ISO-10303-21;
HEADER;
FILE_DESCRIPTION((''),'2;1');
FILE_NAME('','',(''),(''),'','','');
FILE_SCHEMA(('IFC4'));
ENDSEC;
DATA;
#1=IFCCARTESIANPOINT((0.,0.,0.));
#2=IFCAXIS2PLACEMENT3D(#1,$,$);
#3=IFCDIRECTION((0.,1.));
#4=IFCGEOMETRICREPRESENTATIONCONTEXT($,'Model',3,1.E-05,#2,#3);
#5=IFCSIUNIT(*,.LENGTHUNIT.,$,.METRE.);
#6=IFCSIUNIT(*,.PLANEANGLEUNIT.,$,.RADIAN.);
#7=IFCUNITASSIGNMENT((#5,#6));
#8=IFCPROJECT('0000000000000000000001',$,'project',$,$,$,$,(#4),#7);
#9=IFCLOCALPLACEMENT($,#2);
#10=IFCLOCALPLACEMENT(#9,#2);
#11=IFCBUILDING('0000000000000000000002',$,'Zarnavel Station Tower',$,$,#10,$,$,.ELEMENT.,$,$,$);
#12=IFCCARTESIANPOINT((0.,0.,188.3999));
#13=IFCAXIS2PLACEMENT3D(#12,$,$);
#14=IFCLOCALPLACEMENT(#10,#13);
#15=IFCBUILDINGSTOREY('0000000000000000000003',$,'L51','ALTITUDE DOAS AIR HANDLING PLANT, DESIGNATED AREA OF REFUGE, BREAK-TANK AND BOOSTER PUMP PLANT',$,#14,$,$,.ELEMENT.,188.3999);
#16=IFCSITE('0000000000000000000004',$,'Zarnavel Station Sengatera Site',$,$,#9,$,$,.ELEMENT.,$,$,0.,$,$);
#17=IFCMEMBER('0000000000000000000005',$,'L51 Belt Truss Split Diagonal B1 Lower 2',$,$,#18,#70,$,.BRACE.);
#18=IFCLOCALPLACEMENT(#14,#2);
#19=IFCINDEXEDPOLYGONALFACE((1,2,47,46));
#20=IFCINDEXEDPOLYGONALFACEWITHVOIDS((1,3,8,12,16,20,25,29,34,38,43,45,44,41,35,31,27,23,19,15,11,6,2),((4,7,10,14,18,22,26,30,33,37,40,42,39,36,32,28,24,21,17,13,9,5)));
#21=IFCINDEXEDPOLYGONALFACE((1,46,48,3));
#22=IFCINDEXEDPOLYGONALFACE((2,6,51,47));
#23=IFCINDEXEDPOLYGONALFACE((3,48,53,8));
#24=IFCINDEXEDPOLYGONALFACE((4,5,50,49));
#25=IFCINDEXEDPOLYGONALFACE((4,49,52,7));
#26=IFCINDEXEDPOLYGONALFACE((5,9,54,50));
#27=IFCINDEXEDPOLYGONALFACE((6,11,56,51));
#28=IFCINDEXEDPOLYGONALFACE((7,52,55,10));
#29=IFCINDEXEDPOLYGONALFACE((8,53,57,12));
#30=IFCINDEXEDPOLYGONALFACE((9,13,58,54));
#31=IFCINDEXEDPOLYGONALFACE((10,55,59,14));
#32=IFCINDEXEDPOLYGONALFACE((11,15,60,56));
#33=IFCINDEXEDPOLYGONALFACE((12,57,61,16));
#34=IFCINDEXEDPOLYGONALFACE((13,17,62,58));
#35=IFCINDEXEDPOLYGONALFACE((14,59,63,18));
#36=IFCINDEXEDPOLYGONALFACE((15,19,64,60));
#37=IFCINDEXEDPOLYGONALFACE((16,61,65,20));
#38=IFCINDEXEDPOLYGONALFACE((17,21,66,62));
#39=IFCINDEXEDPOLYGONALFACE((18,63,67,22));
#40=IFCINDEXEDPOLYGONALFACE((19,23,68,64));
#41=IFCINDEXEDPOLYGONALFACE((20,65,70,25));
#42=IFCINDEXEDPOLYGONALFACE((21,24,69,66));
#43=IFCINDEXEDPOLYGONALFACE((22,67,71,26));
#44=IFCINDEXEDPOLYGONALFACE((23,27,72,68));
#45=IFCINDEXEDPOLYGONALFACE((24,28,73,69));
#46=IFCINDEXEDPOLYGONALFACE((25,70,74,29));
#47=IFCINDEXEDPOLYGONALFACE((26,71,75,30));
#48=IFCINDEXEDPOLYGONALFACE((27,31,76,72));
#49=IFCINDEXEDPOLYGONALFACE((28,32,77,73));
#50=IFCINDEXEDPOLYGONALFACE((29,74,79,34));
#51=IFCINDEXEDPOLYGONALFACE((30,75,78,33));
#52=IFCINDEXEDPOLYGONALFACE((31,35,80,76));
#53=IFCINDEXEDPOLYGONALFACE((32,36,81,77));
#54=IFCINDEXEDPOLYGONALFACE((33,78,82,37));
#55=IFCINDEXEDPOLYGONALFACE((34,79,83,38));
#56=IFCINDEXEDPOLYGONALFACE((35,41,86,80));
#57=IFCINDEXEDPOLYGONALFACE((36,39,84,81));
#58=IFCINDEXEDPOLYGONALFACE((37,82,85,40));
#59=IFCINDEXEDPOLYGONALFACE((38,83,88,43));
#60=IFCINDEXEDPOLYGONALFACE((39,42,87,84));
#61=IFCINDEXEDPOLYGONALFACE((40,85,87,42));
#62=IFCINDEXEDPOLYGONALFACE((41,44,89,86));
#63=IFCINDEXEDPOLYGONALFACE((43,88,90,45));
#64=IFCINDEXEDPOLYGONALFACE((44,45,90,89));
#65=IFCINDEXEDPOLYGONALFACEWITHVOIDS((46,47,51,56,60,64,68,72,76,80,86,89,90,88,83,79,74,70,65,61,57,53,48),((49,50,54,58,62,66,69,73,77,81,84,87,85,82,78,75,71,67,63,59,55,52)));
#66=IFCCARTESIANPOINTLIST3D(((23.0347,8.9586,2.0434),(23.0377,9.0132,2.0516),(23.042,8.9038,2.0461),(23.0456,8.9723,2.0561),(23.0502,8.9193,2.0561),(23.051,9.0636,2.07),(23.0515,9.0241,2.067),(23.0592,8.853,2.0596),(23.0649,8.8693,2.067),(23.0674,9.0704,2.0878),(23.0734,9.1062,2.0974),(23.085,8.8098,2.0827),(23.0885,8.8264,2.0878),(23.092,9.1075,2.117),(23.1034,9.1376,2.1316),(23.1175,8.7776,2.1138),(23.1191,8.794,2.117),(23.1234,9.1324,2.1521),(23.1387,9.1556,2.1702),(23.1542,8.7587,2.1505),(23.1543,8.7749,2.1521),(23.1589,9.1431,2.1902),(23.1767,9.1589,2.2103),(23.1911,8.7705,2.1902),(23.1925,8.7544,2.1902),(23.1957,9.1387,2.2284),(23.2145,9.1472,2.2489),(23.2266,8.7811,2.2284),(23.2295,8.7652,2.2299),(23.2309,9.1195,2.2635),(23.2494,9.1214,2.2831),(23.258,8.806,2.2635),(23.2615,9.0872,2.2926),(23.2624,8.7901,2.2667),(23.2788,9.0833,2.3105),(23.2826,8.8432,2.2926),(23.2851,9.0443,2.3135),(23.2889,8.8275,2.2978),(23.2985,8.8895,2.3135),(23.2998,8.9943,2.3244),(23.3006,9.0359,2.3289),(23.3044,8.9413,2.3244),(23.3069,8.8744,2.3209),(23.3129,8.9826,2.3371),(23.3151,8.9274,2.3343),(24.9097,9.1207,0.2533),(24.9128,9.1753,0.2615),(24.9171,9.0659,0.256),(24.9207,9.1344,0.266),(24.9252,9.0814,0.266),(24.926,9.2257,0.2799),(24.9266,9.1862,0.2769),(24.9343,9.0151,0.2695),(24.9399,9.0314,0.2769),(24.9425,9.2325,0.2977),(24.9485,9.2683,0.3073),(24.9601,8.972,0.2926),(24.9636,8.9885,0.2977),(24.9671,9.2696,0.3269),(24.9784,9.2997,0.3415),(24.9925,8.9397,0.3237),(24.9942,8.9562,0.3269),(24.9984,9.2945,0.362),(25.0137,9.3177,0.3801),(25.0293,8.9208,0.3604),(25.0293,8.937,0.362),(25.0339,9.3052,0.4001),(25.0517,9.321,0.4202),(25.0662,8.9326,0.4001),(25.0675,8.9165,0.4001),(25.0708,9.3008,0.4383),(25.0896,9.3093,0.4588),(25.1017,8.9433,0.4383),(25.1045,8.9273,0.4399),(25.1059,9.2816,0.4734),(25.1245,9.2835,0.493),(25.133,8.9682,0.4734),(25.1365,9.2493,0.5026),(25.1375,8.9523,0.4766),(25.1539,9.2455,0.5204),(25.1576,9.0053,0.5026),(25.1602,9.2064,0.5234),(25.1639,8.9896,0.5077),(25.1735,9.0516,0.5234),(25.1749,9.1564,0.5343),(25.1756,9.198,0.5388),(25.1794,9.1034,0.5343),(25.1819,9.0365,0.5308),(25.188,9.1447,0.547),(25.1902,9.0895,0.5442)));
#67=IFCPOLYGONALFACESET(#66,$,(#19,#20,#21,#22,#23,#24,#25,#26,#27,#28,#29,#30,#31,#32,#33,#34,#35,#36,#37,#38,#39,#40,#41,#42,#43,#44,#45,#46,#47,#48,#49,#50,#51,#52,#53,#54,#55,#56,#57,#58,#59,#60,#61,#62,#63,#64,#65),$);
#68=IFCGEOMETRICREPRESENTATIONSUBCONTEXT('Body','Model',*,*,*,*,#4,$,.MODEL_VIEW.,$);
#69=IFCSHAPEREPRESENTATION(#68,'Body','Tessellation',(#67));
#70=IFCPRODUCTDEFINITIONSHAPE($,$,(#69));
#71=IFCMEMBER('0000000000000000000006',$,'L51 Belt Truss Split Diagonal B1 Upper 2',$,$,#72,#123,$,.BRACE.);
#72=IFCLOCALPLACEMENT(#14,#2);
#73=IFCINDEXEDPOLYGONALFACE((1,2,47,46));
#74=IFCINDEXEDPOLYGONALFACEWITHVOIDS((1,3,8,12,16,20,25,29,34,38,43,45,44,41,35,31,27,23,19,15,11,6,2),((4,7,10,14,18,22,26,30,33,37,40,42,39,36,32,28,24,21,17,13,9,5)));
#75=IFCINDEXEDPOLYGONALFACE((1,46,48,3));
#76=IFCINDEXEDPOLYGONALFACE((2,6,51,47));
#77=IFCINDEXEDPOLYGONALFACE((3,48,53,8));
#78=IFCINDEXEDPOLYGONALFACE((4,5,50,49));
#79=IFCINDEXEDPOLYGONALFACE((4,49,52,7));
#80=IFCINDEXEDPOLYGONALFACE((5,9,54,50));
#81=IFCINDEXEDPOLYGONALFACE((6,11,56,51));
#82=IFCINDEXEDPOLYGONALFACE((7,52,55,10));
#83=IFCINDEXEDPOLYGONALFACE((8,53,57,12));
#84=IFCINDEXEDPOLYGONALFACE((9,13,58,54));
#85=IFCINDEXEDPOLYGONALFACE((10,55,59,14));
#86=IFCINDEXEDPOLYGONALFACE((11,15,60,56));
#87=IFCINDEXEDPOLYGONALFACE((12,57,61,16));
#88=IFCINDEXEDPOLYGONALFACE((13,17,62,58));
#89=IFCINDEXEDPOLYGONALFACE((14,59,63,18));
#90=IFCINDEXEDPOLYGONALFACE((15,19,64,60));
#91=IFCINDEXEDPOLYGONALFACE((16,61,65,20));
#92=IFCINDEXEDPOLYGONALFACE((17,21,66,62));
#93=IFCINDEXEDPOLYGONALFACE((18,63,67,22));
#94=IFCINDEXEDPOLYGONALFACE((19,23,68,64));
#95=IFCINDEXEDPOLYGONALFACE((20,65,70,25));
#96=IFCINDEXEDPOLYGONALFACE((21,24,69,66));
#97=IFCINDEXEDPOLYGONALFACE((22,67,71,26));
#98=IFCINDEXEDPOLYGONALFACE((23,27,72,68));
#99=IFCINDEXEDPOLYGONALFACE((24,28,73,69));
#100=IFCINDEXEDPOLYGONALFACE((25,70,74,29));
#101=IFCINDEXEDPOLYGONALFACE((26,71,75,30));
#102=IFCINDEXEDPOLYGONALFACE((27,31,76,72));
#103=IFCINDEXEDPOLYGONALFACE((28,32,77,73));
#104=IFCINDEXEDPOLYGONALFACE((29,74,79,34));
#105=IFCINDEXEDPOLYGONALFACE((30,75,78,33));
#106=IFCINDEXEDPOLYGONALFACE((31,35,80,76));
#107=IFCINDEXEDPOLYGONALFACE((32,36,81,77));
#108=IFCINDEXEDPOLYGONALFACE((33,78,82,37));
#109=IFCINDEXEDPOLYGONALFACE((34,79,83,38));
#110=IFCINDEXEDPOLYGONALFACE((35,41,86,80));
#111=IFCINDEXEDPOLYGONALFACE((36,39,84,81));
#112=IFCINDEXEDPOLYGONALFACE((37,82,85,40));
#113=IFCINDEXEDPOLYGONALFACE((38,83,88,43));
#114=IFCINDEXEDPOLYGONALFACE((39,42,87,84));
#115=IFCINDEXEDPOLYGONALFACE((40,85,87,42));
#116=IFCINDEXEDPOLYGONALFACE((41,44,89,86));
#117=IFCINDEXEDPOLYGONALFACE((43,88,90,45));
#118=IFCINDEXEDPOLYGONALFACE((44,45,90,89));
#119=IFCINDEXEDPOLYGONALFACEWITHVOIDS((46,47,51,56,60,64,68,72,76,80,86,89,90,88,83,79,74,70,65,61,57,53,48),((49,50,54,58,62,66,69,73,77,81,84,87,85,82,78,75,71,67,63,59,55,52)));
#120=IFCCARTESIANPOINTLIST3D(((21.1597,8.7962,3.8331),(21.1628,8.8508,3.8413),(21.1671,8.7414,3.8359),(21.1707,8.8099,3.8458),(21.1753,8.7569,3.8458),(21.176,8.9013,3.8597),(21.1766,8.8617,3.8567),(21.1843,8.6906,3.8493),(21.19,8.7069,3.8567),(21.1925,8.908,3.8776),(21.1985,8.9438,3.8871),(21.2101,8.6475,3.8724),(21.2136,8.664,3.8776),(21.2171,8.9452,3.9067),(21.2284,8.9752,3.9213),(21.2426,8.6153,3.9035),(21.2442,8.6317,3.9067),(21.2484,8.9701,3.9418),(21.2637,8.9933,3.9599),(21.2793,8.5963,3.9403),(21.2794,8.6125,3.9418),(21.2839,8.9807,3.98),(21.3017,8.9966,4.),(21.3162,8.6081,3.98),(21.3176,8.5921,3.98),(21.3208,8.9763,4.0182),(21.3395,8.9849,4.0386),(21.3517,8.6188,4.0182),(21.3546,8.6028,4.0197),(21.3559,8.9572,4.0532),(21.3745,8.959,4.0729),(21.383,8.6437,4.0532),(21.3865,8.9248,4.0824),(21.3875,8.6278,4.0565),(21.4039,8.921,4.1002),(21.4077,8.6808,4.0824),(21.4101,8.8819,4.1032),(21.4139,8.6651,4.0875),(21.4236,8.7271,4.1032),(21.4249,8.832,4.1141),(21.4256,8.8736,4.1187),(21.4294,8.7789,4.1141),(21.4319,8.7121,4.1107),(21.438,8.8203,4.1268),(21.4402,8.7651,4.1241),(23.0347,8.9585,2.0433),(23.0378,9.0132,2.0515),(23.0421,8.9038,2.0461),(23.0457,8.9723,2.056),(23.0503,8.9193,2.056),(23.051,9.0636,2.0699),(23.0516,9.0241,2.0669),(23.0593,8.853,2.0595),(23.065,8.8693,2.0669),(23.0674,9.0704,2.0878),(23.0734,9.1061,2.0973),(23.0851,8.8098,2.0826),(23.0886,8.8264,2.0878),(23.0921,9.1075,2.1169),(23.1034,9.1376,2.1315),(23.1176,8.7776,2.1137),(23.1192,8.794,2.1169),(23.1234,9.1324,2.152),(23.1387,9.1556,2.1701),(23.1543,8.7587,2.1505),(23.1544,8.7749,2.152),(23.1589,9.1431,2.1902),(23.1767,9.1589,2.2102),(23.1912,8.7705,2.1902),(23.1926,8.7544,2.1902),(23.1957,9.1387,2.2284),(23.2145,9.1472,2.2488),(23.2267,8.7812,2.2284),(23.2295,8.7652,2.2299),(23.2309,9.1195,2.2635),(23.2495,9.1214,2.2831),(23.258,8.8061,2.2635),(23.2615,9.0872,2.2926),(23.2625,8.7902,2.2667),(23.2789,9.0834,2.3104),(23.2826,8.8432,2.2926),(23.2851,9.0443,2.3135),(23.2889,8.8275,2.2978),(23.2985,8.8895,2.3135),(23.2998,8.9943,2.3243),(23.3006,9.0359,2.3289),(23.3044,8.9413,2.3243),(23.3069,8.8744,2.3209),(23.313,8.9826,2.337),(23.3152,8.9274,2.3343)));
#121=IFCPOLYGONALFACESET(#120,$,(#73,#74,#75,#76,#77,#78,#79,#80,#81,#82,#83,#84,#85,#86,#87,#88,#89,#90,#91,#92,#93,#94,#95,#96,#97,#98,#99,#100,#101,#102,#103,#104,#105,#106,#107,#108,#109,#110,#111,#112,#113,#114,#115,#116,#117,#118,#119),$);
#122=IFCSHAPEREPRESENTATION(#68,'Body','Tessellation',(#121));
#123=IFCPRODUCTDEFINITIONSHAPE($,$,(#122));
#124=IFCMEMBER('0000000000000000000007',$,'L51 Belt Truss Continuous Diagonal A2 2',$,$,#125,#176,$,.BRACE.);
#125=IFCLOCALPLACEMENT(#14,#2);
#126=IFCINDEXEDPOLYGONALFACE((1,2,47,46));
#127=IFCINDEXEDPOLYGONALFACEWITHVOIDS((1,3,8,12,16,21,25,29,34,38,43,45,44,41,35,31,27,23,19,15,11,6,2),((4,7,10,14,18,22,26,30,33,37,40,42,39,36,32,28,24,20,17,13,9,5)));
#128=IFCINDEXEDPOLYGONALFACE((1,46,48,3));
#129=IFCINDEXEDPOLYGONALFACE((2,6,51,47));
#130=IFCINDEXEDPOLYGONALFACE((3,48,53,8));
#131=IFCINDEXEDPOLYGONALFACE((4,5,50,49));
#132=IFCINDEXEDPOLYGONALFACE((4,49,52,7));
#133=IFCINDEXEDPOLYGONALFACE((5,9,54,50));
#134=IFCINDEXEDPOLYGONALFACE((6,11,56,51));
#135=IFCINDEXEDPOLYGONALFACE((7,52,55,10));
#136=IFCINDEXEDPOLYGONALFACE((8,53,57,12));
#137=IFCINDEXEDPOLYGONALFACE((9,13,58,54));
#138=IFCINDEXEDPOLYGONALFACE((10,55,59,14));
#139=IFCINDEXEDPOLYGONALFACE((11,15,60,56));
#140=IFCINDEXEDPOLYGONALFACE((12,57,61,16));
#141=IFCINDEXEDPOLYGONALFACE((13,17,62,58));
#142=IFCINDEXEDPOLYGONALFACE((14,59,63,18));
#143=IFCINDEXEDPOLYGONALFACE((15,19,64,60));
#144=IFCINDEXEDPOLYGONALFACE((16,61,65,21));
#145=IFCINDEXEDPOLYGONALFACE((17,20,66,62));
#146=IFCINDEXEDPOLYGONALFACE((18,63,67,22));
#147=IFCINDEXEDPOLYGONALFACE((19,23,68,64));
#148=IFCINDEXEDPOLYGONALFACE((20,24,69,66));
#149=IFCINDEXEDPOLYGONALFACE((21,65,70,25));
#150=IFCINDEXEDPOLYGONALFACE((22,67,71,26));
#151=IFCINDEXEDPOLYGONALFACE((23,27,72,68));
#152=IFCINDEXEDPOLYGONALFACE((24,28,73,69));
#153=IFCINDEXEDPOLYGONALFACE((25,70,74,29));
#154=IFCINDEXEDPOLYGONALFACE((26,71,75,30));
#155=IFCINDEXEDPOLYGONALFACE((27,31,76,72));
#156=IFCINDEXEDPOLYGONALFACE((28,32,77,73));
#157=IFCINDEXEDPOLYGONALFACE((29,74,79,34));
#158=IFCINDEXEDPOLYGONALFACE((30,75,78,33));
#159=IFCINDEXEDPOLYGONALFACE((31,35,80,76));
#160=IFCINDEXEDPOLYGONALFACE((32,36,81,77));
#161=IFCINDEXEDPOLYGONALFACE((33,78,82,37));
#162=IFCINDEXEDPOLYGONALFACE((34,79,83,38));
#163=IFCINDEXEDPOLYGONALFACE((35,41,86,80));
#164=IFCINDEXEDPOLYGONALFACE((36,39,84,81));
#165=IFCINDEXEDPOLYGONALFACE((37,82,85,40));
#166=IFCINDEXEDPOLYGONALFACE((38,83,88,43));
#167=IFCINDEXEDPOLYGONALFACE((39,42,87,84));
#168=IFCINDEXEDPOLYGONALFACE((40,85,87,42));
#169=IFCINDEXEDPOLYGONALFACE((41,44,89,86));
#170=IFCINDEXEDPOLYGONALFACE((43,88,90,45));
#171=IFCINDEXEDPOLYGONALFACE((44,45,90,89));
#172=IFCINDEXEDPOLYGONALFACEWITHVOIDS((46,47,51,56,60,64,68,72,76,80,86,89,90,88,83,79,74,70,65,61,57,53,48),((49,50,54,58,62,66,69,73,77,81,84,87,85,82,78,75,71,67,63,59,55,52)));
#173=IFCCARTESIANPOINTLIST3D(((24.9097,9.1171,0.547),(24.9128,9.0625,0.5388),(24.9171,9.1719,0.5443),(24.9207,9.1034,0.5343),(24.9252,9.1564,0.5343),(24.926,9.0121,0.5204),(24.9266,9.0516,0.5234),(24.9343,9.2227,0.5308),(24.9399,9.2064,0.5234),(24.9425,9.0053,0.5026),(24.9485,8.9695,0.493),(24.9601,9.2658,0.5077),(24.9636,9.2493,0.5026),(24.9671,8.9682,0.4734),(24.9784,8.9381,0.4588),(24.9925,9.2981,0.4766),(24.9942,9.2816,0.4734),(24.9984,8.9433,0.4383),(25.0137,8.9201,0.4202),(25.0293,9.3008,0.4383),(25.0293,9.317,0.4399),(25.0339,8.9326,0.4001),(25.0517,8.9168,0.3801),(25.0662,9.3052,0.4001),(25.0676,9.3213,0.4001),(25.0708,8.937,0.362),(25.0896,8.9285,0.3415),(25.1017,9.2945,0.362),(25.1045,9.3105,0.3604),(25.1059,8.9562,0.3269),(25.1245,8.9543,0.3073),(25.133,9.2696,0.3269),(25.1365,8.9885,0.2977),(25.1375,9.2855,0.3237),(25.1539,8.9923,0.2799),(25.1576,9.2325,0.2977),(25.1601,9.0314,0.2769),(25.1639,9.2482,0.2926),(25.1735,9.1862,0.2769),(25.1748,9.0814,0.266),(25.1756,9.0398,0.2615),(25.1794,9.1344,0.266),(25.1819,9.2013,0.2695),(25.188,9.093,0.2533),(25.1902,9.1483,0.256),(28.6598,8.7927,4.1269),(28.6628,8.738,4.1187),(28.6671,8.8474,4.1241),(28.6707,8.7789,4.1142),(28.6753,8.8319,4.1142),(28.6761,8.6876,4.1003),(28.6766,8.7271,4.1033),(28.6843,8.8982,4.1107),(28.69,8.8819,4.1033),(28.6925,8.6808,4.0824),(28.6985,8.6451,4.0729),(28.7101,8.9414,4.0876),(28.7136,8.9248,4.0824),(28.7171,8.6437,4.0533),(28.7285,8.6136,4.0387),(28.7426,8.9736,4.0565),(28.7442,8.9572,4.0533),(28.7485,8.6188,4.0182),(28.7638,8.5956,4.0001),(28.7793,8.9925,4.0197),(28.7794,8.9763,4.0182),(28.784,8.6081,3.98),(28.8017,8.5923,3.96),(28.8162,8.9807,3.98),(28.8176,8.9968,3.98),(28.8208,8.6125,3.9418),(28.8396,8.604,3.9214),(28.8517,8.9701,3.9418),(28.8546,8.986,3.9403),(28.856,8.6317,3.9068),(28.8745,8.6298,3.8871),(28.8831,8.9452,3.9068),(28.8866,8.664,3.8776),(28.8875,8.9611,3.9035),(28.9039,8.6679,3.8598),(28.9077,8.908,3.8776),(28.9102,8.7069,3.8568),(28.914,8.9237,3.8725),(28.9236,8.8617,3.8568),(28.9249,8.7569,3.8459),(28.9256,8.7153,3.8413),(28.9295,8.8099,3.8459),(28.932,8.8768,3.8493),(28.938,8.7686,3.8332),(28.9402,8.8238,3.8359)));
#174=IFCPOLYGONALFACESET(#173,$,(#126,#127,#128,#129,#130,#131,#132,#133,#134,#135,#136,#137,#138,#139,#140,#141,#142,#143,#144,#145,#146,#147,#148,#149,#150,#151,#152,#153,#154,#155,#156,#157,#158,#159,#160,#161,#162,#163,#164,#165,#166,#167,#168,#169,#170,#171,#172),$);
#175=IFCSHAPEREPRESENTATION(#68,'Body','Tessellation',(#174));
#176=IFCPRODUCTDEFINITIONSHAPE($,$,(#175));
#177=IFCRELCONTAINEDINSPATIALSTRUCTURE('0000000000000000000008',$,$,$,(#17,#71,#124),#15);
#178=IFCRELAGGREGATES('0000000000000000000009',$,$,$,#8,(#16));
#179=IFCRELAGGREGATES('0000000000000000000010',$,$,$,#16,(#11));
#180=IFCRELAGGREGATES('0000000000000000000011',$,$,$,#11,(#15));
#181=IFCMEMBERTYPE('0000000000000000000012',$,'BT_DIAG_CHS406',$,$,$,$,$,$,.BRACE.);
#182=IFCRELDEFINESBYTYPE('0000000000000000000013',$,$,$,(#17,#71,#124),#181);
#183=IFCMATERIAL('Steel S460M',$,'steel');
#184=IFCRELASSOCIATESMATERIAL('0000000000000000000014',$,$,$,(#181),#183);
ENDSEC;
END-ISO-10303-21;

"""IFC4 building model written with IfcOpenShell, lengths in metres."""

from ifc_helpers import new_model, si_unit, direction, frame, origin, origin_2d, place, context, subcontext, project, spatial, hollow_circle, extrude, material, material_profile, profile_set, type_object, element, save


model = new_model("IFC4")

# Units and contexts
model_context = context("Model", 3, precision=1e-05, world=origin(), true_north=direction((0.0, 1.0)))
body_context = subcontext(model_context, "Body", "Model", "MODEL_VIEW")
ifc_project = project(units=[si_unit("LENGTHUNIT", "METRE"), si_unit("PLANEANGLEUNIT", "RADIAN")], contexts=[model_context])

# Site, building, storey
site_placement = place(None, origin())
site = spatial("IfcSite", under=ifc_project, at=site_placement, Name="Zarnavel Station Sengatera Site", CompositionType="ELEMENT", RefElevation=0.0)
building_placement = place(site_placement, origin())
building = spatial("IfcBuilding", under=site, at=building_placement, Name="Zarnavel Station Tower", CompositionType="ELEMENT")
storey_placement = place(building_placement, frame((0.0, 0.0, 188.3999)))
storey = spatial("IfcBuildingStorey", under=building, at=storey_placement, Name="L51", Description="ALTITUDE DOAS AIR HANDLING PLANT, DESIGNATED AREA OF REFUGE, BREAK-TANK AND BOOSTER PUMP PLANT", CompositionType="ELEMENT", Elevation=188.3999)

# Members
ifc_material_1 = material(Name="Steel S460M", Category="steel")
ifc_material_profile_1 = material_profile(ifc_material_1, hollow_circle(Radius=0.2031, WallThickness=0.0161, at=origin_2d()), Name="CHS406.4x16")
ifc_profile_set_1 = profile_set([ifc_material_profile_1], Name="Steel S460M")
member_type_1 = type_object("IfcMemberType", Name="BT_DIAG_CHS406", PredefinedType="BRACE", material=ifc_profile_set_1)
member_1_placement = place(storey_placement, frame((25.05, 9.1189, 0.4001), z_axis=(-0.721894, -0.062414, 0.689183), x_axis=(0.086137, -0.996283, 0.0)))
element("IfcMember", 1, at=member_1_placement, inside=storey, type_object=member_type_1, Name="L51 Belt Truss Split Diagonal B1 Lower 2", PredefinedType="BRACE", context=body_context, shape_type="SweptSolid", body=[
    extrude(hollow_circle(Radius=0.2031, WallThickness=0.0161, at=origin_2d()), origin(), (0.0, 0.0, 1.0), 2.5974),
])
member_2_placement = place(storey_placement, frame((23.175, 8.9568, 2.1902), z_axis=(-0.721937, -0.062511, 0.68913), x_axis=(0.086266, -0.996272, 0.0)))
element("IfcMember", 2, at=member_2_placement, inside=storey, type_object=member_type_1, Name="L51 Belt Truss Split Diagonal B1 Upper 2", PredefinedType="BRACE", context=body_context, shape_type="SweptSolid", body=[
    extrude(hollow_circle(Radius=0.2031, WallThickness=0.0161, at=origin_2d()), origin(), (0.0, 0.0, 1.0), 2.5972),
])
member_3_placement = place(storey_placement, frame((25.05, 9.1189, 0.4001), z_axis=(0.721915, -0.062463, 0.689157), x_axis=(0.086201, 0.996278, 0.0)))
element("IfcMember", 3, at=member_3_placement, inside=storey, type_object=member_type_1, Name="L51 Belt Truss Continuous Diagonal A2 2", PredefinedType="BRACE", context=body_context, shape_type="SweptSolid", body=[
    extrude(hollow_circle(Radius=0.2031, WallThickness=0.0161, at=origin_2d()), origin(), (0.0, 0.0, 1.0), 5.1946),
])

save(model, "model.ifc")
